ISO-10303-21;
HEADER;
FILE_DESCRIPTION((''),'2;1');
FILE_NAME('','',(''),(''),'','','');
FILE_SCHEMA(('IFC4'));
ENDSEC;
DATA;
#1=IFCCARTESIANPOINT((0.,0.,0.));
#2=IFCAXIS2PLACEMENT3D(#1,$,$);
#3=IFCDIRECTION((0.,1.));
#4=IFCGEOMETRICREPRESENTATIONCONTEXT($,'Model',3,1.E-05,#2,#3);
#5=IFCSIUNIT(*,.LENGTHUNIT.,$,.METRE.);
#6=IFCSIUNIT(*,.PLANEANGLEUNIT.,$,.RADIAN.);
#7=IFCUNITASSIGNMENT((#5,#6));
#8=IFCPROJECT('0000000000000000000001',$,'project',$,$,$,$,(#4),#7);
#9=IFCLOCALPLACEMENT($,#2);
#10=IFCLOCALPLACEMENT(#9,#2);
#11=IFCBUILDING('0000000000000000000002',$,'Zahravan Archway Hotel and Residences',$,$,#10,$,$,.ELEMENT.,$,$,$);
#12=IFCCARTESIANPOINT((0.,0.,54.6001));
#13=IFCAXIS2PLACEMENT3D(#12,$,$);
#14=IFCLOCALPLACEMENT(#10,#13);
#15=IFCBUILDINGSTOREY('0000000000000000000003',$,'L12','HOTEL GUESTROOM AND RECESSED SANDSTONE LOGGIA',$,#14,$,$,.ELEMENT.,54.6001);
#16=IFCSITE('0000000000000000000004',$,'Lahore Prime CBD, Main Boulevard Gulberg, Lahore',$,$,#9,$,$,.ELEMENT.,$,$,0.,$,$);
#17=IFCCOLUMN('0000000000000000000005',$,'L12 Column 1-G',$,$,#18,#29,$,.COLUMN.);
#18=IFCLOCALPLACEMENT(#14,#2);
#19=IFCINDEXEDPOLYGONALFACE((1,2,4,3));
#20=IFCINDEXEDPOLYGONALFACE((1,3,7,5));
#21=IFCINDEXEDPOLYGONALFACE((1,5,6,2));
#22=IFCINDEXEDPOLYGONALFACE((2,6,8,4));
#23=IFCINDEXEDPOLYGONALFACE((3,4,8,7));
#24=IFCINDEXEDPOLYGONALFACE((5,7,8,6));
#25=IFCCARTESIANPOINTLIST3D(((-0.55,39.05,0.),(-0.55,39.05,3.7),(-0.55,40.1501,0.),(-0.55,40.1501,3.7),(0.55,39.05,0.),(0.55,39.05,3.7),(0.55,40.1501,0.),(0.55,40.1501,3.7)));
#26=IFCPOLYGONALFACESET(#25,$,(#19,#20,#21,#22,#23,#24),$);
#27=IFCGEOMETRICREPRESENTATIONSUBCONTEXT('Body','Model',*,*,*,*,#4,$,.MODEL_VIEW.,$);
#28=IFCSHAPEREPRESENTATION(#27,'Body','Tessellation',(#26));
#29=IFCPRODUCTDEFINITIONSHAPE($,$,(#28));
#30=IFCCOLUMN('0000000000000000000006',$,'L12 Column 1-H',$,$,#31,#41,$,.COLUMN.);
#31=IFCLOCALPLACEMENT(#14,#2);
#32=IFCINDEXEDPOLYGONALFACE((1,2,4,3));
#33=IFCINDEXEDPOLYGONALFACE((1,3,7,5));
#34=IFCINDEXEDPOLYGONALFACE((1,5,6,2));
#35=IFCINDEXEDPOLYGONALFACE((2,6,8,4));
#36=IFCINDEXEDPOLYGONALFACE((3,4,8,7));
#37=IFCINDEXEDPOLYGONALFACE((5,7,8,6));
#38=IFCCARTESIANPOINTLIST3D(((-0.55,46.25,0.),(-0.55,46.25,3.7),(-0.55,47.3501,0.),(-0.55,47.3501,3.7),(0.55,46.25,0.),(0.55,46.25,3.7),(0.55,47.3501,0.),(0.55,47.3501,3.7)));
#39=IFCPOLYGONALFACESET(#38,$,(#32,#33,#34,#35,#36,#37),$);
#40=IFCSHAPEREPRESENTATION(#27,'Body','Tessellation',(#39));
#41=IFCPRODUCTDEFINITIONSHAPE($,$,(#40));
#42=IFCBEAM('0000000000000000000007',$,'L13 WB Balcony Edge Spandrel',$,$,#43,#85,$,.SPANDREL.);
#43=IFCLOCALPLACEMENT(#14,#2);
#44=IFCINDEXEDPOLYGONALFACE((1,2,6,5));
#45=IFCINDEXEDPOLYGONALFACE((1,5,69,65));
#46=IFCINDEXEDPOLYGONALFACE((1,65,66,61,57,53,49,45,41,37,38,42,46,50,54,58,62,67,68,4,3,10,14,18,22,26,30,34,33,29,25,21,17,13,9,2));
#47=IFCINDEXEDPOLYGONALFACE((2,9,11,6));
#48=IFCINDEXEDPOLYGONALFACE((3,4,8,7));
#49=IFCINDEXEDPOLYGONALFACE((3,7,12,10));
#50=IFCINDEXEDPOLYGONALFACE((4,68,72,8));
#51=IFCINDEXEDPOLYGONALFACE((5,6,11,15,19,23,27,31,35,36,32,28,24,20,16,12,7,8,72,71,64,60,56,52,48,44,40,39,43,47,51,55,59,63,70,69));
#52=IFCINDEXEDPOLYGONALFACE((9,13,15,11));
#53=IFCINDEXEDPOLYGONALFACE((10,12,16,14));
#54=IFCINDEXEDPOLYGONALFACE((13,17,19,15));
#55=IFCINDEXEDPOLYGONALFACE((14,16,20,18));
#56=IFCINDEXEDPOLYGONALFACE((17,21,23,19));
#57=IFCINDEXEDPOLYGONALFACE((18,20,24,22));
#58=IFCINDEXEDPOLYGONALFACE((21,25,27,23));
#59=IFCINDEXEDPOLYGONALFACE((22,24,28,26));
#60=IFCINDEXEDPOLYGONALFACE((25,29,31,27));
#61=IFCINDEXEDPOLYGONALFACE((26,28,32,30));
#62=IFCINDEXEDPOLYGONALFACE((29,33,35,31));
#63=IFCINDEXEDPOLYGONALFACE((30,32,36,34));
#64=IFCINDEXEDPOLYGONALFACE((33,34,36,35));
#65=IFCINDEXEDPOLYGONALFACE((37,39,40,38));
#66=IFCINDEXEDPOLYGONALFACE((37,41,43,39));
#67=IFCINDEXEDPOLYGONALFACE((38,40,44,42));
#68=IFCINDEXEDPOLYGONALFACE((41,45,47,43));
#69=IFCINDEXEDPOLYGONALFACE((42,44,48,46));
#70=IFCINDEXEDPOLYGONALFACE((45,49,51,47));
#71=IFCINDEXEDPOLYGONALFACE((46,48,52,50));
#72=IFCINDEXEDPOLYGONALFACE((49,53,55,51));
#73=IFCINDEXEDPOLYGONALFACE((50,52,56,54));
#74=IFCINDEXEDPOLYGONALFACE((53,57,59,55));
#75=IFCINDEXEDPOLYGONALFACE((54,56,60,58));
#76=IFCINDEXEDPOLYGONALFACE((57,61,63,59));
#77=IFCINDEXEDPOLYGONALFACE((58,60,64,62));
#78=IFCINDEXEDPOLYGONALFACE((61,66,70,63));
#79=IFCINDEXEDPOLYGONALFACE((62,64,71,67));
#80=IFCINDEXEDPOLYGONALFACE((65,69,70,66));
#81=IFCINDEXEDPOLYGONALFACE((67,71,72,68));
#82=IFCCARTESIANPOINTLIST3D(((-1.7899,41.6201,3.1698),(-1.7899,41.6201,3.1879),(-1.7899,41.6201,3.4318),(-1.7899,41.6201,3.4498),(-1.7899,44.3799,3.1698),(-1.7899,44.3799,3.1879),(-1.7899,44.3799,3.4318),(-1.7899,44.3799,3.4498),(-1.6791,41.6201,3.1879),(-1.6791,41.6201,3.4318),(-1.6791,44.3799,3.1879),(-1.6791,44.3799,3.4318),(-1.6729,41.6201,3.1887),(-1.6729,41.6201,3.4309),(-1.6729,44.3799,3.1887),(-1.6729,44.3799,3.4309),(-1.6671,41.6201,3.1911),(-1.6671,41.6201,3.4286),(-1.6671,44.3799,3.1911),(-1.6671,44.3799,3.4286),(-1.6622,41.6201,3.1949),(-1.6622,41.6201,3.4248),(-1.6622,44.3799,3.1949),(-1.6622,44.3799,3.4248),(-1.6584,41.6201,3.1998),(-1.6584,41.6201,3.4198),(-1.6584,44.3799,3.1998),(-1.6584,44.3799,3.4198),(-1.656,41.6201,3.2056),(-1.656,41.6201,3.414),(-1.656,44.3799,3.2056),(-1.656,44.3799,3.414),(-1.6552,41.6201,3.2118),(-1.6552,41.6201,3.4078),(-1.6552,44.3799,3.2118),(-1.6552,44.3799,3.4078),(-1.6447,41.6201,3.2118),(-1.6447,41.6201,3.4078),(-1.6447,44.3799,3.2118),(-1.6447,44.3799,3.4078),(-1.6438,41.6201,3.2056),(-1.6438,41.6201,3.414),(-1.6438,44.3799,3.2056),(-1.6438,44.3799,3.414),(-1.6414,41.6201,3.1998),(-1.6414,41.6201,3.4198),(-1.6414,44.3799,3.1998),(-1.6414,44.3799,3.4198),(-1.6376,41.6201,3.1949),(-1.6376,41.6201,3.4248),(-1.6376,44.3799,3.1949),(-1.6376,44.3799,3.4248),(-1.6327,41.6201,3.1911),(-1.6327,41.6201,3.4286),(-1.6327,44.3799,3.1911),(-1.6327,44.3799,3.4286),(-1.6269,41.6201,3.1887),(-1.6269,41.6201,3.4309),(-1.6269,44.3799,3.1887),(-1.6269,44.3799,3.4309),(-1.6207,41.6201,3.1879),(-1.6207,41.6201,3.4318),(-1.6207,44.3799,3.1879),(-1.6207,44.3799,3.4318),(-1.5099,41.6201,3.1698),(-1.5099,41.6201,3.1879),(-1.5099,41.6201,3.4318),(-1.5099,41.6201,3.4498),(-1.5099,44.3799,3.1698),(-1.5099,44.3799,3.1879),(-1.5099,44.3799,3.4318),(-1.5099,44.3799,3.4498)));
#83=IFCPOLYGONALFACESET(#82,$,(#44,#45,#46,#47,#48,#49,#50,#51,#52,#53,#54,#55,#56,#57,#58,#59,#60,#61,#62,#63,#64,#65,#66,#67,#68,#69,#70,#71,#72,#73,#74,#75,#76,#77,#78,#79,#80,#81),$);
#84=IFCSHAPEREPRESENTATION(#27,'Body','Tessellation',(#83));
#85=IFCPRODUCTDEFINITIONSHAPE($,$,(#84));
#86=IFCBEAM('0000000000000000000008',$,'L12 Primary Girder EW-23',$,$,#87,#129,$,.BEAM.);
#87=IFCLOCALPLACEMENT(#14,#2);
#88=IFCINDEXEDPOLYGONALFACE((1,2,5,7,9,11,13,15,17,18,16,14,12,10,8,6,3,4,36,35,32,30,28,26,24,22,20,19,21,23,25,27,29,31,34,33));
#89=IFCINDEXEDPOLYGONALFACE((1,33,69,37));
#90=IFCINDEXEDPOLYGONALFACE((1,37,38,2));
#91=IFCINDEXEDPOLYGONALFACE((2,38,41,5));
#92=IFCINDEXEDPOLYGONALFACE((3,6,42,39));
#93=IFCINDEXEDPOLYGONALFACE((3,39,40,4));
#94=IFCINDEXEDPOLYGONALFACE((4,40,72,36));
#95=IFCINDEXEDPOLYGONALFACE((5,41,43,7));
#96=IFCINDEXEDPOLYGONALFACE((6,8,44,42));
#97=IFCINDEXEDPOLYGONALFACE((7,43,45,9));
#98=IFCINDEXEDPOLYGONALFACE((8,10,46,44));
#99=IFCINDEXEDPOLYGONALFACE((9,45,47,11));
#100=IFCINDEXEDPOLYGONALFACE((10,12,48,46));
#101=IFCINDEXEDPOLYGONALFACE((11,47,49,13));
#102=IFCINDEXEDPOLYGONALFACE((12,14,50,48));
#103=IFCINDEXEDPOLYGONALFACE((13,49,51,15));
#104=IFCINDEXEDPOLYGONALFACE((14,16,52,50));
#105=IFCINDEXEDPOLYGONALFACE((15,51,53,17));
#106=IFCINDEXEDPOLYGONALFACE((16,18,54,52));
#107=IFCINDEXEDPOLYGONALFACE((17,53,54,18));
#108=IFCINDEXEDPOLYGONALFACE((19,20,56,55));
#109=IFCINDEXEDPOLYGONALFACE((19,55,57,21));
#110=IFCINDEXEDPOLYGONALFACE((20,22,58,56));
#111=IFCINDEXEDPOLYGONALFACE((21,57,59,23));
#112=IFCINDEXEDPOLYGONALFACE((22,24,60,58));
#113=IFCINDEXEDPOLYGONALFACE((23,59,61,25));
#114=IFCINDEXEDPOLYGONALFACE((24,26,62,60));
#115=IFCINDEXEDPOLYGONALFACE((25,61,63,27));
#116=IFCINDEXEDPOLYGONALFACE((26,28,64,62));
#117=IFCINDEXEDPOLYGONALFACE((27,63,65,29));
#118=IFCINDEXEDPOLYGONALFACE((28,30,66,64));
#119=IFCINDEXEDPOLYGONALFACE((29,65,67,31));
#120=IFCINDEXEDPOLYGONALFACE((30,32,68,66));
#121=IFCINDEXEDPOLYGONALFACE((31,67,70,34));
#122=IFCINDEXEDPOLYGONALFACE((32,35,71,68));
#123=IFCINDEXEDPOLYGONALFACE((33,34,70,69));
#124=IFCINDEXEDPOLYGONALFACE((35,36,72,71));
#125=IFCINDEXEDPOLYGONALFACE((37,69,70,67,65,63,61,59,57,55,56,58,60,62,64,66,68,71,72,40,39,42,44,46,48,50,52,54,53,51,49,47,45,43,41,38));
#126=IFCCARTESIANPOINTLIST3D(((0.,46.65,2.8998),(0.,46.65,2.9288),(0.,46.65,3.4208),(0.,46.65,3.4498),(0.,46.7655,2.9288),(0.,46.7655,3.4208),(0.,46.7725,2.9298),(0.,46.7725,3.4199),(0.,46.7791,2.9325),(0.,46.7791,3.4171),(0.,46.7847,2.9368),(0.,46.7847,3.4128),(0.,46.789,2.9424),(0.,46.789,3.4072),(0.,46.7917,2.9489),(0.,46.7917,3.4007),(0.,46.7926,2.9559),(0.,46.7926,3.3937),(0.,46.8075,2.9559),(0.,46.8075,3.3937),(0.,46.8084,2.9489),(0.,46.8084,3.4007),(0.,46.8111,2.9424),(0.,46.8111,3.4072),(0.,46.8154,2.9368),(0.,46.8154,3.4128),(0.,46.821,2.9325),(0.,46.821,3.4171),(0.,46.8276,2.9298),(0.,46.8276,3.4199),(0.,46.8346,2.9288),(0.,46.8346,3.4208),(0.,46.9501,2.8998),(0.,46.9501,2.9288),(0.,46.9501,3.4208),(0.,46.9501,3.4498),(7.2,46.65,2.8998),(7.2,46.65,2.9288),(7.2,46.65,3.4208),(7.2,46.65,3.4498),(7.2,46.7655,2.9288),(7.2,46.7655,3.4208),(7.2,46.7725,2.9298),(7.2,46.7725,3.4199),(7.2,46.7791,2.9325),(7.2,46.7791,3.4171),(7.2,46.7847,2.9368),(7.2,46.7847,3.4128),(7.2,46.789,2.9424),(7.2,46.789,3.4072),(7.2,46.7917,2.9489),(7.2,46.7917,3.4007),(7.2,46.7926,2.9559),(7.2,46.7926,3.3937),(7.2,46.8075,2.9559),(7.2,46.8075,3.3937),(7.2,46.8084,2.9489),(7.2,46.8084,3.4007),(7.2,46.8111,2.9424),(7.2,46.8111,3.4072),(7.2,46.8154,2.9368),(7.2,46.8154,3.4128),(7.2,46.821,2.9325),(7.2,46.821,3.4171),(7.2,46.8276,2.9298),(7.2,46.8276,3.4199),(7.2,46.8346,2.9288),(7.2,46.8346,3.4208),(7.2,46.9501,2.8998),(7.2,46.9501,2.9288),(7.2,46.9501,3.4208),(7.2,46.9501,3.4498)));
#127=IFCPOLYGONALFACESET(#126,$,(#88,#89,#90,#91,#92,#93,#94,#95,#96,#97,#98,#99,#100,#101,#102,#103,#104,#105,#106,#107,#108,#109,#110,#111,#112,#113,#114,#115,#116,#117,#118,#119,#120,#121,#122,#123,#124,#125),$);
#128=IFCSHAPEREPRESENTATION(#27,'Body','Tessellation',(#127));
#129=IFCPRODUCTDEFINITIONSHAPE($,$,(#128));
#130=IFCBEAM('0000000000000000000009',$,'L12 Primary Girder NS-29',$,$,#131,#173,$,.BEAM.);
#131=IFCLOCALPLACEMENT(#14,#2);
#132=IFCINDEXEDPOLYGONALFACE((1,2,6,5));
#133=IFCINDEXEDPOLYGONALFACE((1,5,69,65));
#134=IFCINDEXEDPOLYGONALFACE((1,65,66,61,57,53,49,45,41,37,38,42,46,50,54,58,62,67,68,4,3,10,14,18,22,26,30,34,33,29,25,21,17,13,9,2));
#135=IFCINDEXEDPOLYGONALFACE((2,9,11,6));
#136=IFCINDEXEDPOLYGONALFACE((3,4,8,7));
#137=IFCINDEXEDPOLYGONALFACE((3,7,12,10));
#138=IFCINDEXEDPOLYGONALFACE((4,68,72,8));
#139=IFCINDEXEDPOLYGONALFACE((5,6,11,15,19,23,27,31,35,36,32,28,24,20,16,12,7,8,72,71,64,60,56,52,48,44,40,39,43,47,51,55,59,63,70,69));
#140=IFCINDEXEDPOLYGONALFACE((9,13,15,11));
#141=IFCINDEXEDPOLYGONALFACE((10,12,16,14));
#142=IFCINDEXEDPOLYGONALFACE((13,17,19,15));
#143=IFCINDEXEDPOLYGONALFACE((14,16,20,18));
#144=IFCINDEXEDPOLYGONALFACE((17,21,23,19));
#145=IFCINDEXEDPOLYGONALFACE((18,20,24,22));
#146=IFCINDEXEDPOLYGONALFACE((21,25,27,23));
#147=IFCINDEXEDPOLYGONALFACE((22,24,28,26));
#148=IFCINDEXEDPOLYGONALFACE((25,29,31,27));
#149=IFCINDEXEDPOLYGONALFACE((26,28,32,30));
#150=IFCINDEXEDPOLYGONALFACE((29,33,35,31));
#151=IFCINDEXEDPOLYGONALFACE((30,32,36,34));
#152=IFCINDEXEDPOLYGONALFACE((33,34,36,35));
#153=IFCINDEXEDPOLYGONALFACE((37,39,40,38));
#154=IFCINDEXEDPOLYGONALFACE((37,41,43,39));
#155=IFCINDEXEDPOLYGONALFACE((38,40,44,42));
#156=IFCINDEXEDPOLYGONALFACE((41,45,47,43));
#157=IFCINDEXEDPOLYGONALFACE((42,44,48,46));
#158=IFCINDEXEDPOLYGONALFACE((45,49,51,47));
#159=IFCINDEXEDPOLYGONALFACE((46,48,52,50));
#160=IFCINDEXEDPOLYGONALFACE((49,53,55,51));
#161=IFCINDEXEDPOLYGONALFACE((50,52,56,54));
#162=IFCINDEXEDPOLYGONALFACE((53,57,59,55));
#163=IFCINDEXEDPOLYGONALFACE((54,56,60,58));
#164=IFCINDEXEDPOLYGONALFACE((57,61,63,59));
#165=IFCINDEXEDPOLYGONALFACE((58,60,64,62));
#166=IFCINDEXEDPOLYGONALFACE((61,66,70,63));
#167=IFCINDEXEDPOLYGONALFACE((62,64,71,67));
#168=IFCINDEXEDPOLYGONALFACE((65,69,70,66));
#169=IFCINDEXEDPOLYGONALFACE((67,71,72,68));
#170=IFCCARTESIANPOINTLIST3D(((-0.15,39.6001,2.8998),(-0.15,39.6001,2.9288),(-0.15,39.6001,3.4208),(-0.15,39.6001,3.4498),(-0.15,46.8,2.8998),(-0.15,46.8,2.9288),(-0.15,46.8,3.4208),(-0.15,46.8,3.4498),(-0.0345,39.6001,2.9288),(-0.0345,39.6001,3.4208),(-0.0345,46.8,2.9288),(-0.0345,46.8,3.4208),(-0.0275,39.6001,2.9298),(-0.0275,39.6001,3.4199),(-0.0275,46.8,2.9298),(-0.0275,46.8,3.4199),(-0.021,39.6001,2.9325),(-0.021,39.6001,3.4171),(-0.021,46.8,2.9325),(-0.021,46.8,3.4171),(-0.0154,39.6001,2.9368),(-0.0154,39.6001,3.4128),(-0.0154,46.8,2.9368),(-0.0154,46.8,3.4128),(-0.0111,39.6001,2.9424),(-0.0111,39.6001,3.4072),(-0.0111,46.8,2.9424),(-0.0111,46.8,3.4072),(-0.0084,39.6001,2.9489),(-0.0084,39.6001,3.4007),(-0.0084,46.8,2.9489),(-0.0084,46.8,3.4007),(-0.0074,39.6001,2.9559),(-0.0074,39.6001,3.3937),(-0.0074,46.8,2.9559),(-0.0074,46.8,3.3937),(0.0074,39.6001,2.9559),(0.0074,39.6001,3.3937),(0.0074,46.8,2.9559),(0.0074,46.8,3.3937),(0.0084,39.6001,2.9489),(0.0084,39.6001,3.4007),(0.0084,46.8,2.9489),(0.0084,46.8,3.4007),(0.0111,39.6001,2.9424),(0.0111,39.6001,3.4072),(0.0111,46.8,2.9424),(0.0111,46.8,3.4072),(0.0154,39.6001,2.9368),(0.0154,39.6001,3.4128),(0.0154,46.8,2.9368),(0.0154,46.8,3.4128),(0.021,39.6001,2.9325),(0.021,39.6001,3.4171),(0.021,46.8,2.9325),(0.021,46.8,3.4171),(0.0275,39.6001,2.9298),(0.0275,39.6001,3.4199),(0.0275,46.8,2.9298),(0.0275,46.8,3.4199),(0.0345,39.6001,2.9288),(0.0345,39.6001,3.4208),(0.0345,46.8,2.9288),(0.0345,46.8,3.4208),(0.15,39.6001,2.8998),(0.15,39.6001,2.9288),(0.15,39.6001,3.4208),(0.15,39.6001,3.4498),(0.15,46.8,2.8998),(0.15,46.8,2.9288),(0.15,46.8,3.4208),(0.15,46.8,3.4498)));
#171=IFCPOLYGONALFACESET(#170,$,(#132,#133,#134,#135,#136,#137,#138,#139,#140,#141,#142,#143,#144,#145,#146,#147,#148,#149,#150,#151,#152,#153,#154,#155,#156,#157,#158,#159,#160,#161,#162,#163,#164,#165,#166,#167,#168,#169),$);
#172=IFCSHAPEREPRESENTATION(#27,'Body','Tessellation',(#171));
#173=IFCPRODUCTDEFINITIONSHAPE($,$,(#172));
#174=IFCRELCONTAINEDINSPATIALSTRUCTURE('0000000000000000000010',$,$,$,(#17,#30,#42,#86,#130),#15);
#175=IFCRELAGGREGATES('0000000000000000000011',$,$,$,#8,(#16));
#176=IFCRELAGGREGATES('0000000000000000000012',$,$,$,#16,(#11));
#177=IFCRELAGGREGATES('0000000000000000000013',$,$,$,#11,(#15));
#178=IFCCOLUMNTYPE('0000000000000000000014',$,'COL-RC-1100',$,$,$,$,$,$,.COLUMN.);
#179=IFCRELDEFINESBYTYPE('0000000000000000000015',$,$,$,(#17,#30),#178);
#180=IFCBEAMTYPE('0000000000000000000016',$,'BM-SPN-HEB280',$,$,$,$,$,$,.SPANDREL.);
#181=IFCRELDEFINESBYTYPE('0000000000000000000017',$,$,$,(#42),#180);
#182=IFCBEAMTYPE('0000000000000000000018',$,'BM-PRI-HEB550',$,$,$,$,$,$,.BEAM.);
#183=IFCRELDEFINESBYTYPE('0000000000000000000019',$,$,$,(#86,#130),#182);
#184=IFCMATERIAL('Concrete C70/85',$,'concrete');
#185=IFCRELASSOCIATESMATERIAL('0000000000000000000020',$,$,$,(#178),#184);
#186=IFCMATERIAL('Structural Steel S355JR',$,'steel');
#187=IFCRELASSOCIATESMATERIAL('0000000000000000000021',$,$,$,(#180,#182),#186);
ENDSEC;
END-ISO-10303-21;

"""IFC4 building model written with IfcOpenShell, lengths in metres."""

from ifc_helpers import new_model, si_unit, direction, frame, origin, origin_2d, place, context, subcontext, project, spatial, rectangle, i_section, extrude, source, transform, mapped, material, material_profile, profile_set, type_object, element, save


model = new_model("IFC4")

# Units and contexts
model_context = context("Model", 3, precision=1e-05, world=origin(), true_north=direction((0.0, 1.0)))
body_context = subcontext(model_context, "Body", "Model", "MODEL_VIEW")
ifc_project = project(units=[si_unit("LENGTHUNIT", "METRE"), si_unit("PLANEANGLEUNIT", "RADIAN")], contexts=[model_context])

# Site, building, storey
site_placement = place(None, origin())
site = spatial("IfcSite", under=ifc_project, at=site_placement, Name="Lahore Prime CBD, Main Boulevard Gulberg, Lahore", CompositionType="ELEMENT", RefElevation=0.0)
building_placement = place(site_placement, origin())
building = spatial("IfcBuilding", under=site, at=building_placement, Name="Zahravan Archway Hotel and Residences", CompositionType="ELEMENT")
storey_placement = place(building_placement, frame((0.0, 0.0, 54.6001)))
storey = spatial("IfcBuildingStorey", under=building, at=storey_placement, Name="L12", Description="HOTEL GUESTROOM AND RECESSED SANDSTONE LOGGIA", CompositionType="ELEMENT", Elevation=54.6001)

# Columns
ifc_material_1 = material(Name="Concrete C70/85", Category="concrete")
ifc_material_profile_1 = material_profile(ifc_material_1, rectangle(XDim=1.1001, YDim=1.1001, at=origin_2d()), Name="RC 1100x1100", Category="concrete")
ifc_profile_set_1 = profile_set([ifc_material_profile_1], Name="Concrete C70/85")
column_type = type_object("IfcColumnType", Name="COL-RC-1100", PredefinedType="COLUMN", material=ifc_profile_set_1)
shared_shape_1 = source(origin(), body_context, "Body", "SweptSolid", [
    extrude(rectangle(XDim=1.1001, YDim=1.1001, at=origin_2d()), origin(), (0.0, 0.0, 1.0), 3.7),
])
for number, where, z_axis, x_axis, name in (
    (1, (0.0, 39.6001, 0.0), (0.0, 0.0, 1.0), (1.0, 0.0, 0.0), "L12 Column 1-G"),
    (2, (0.0, 46.8, 0.0), (0.0, 0.0, 1.0), (1.0, 0.0, 0.0), "L12 Column 1-H"),
):
    element("IfcColumn", number, at=place(storey_placement, frame(where, z_axis=z_axis, x_axis=x_axis)), inside=storey, type_object=column_type, Name=name, PredefinedType="COLUMN", context=body_context, shape_type="MappedRepresentation", body=[
        mapped(shared_shape_1, transform((0.0, 0.0, 0.0), scale=1.0)),
    ])

# Beams
ifc_material_2 = material(Name="Structural Steel S355JR", Category="steel")
ifc_material_profile_2 = material_profile(ifc_material_2, i_section(OverallWidth=0.28, OverallDepth=0.28, WebThickness=0.0105, FlangeThickness=0.0181, FilletRadius=0.0239, at=origin_2d()), Name="HEB 280", Category="steel")
ifc_profile_set_2 = profile_set([ifc_material_profile_2], Name="Structural Steel S355JR")
beam_type_1 = type_object("IfcBeamType", Name="BM-SPN-HEB280", PredefinedType="SPANDREL", material=ifc_profile_set_2)
shared_shape_2 = source(origin(), body_context, "Body", "SweptSolid", [
    extrude(i_section(OverallWidth=0.28, OverallDepth=0.28, WebThickness=0.0105, FlangeThickness=0.0181, FilletRadius=0.0239, at=origin_2d()), origin(), (0.0, 0.0, 1.0), 2.7598),
])
beam_placement = place(storey_placement, frame((-1.6499, 41.6201, 3.3098), z_axis=(0.0, 1.0, 0.0), x_axis=(-1.0, 0.0, 0.0)))
element("IfcBeam", 3, at=beam_placement, inside=storey, type_object=beam_type_1, Name="L13 WB Balcony Edge Spandrel", PredefinedType="SPANDREL", context=body_context, shape_type="MappedRepresentation", body=[
    mapped(shared_shape_2, transform((0.0, 0.0, 0.0), scale=1.0)),
])
ifc_material_profile_3 = material_profile(ifc_material_2, i_section(OverallWidth=0.3, OverallDepth=0.55, WebThickness=0.0149, FlangeThickness=0.0291, FilletRadius=0.0271, at=origin_2d()), Name="HEB 550", Category="steel")
ifc_profile_set_3 = profile_set([ifc_material_profile_3], Name="Structural Steel S355JR")
beam_type_2 = type_object("IfcBeamType", Name="BM-PRI-HEB550", PredefinedType="BEAM", material=ifc_profile_set_3)
shared_shape_3 = source(origin(), body_context, "Body", "SweptSolid", [
    extrude(i_section(OverallWidth=0.3, OverallDepth=0.55, WebThickness=0.0149, FlangeThickness=0.0291, FilletRadius=0.0271, at=origin_2d()), origin(), (0.0, 0.0, 1.0), 7.2),
])
for number, where, z_axis, x_axis, name in (
    (4, (0.0, 46.8, 3.1748), (1.0, 0.0, 0.0), (0.0, 1.0, 0.0), "L12 Primary Girder EW-23"),
    (5, (0.0, 39.6001, 3.1748), (0.0, 1.0, 0.0), (-1.0, 0.0, 0.0), "L12 Primary Girder NS-29"),
):
    element("IfcBeam", number, at=place(storey_placement, frame(where, z_axis=z_axis, x_axis=x_axis)), inside=storey, type_object=beam_type_2, Name=name, PredefinedType="BEAM", context=body_context, shape_type="MappedRepresentation", body=[
        mapped(shared_shape_3, transform((0.0, 0.0, 0.0), scale=1.0)),
    ])

save(model, "model.ifc")
